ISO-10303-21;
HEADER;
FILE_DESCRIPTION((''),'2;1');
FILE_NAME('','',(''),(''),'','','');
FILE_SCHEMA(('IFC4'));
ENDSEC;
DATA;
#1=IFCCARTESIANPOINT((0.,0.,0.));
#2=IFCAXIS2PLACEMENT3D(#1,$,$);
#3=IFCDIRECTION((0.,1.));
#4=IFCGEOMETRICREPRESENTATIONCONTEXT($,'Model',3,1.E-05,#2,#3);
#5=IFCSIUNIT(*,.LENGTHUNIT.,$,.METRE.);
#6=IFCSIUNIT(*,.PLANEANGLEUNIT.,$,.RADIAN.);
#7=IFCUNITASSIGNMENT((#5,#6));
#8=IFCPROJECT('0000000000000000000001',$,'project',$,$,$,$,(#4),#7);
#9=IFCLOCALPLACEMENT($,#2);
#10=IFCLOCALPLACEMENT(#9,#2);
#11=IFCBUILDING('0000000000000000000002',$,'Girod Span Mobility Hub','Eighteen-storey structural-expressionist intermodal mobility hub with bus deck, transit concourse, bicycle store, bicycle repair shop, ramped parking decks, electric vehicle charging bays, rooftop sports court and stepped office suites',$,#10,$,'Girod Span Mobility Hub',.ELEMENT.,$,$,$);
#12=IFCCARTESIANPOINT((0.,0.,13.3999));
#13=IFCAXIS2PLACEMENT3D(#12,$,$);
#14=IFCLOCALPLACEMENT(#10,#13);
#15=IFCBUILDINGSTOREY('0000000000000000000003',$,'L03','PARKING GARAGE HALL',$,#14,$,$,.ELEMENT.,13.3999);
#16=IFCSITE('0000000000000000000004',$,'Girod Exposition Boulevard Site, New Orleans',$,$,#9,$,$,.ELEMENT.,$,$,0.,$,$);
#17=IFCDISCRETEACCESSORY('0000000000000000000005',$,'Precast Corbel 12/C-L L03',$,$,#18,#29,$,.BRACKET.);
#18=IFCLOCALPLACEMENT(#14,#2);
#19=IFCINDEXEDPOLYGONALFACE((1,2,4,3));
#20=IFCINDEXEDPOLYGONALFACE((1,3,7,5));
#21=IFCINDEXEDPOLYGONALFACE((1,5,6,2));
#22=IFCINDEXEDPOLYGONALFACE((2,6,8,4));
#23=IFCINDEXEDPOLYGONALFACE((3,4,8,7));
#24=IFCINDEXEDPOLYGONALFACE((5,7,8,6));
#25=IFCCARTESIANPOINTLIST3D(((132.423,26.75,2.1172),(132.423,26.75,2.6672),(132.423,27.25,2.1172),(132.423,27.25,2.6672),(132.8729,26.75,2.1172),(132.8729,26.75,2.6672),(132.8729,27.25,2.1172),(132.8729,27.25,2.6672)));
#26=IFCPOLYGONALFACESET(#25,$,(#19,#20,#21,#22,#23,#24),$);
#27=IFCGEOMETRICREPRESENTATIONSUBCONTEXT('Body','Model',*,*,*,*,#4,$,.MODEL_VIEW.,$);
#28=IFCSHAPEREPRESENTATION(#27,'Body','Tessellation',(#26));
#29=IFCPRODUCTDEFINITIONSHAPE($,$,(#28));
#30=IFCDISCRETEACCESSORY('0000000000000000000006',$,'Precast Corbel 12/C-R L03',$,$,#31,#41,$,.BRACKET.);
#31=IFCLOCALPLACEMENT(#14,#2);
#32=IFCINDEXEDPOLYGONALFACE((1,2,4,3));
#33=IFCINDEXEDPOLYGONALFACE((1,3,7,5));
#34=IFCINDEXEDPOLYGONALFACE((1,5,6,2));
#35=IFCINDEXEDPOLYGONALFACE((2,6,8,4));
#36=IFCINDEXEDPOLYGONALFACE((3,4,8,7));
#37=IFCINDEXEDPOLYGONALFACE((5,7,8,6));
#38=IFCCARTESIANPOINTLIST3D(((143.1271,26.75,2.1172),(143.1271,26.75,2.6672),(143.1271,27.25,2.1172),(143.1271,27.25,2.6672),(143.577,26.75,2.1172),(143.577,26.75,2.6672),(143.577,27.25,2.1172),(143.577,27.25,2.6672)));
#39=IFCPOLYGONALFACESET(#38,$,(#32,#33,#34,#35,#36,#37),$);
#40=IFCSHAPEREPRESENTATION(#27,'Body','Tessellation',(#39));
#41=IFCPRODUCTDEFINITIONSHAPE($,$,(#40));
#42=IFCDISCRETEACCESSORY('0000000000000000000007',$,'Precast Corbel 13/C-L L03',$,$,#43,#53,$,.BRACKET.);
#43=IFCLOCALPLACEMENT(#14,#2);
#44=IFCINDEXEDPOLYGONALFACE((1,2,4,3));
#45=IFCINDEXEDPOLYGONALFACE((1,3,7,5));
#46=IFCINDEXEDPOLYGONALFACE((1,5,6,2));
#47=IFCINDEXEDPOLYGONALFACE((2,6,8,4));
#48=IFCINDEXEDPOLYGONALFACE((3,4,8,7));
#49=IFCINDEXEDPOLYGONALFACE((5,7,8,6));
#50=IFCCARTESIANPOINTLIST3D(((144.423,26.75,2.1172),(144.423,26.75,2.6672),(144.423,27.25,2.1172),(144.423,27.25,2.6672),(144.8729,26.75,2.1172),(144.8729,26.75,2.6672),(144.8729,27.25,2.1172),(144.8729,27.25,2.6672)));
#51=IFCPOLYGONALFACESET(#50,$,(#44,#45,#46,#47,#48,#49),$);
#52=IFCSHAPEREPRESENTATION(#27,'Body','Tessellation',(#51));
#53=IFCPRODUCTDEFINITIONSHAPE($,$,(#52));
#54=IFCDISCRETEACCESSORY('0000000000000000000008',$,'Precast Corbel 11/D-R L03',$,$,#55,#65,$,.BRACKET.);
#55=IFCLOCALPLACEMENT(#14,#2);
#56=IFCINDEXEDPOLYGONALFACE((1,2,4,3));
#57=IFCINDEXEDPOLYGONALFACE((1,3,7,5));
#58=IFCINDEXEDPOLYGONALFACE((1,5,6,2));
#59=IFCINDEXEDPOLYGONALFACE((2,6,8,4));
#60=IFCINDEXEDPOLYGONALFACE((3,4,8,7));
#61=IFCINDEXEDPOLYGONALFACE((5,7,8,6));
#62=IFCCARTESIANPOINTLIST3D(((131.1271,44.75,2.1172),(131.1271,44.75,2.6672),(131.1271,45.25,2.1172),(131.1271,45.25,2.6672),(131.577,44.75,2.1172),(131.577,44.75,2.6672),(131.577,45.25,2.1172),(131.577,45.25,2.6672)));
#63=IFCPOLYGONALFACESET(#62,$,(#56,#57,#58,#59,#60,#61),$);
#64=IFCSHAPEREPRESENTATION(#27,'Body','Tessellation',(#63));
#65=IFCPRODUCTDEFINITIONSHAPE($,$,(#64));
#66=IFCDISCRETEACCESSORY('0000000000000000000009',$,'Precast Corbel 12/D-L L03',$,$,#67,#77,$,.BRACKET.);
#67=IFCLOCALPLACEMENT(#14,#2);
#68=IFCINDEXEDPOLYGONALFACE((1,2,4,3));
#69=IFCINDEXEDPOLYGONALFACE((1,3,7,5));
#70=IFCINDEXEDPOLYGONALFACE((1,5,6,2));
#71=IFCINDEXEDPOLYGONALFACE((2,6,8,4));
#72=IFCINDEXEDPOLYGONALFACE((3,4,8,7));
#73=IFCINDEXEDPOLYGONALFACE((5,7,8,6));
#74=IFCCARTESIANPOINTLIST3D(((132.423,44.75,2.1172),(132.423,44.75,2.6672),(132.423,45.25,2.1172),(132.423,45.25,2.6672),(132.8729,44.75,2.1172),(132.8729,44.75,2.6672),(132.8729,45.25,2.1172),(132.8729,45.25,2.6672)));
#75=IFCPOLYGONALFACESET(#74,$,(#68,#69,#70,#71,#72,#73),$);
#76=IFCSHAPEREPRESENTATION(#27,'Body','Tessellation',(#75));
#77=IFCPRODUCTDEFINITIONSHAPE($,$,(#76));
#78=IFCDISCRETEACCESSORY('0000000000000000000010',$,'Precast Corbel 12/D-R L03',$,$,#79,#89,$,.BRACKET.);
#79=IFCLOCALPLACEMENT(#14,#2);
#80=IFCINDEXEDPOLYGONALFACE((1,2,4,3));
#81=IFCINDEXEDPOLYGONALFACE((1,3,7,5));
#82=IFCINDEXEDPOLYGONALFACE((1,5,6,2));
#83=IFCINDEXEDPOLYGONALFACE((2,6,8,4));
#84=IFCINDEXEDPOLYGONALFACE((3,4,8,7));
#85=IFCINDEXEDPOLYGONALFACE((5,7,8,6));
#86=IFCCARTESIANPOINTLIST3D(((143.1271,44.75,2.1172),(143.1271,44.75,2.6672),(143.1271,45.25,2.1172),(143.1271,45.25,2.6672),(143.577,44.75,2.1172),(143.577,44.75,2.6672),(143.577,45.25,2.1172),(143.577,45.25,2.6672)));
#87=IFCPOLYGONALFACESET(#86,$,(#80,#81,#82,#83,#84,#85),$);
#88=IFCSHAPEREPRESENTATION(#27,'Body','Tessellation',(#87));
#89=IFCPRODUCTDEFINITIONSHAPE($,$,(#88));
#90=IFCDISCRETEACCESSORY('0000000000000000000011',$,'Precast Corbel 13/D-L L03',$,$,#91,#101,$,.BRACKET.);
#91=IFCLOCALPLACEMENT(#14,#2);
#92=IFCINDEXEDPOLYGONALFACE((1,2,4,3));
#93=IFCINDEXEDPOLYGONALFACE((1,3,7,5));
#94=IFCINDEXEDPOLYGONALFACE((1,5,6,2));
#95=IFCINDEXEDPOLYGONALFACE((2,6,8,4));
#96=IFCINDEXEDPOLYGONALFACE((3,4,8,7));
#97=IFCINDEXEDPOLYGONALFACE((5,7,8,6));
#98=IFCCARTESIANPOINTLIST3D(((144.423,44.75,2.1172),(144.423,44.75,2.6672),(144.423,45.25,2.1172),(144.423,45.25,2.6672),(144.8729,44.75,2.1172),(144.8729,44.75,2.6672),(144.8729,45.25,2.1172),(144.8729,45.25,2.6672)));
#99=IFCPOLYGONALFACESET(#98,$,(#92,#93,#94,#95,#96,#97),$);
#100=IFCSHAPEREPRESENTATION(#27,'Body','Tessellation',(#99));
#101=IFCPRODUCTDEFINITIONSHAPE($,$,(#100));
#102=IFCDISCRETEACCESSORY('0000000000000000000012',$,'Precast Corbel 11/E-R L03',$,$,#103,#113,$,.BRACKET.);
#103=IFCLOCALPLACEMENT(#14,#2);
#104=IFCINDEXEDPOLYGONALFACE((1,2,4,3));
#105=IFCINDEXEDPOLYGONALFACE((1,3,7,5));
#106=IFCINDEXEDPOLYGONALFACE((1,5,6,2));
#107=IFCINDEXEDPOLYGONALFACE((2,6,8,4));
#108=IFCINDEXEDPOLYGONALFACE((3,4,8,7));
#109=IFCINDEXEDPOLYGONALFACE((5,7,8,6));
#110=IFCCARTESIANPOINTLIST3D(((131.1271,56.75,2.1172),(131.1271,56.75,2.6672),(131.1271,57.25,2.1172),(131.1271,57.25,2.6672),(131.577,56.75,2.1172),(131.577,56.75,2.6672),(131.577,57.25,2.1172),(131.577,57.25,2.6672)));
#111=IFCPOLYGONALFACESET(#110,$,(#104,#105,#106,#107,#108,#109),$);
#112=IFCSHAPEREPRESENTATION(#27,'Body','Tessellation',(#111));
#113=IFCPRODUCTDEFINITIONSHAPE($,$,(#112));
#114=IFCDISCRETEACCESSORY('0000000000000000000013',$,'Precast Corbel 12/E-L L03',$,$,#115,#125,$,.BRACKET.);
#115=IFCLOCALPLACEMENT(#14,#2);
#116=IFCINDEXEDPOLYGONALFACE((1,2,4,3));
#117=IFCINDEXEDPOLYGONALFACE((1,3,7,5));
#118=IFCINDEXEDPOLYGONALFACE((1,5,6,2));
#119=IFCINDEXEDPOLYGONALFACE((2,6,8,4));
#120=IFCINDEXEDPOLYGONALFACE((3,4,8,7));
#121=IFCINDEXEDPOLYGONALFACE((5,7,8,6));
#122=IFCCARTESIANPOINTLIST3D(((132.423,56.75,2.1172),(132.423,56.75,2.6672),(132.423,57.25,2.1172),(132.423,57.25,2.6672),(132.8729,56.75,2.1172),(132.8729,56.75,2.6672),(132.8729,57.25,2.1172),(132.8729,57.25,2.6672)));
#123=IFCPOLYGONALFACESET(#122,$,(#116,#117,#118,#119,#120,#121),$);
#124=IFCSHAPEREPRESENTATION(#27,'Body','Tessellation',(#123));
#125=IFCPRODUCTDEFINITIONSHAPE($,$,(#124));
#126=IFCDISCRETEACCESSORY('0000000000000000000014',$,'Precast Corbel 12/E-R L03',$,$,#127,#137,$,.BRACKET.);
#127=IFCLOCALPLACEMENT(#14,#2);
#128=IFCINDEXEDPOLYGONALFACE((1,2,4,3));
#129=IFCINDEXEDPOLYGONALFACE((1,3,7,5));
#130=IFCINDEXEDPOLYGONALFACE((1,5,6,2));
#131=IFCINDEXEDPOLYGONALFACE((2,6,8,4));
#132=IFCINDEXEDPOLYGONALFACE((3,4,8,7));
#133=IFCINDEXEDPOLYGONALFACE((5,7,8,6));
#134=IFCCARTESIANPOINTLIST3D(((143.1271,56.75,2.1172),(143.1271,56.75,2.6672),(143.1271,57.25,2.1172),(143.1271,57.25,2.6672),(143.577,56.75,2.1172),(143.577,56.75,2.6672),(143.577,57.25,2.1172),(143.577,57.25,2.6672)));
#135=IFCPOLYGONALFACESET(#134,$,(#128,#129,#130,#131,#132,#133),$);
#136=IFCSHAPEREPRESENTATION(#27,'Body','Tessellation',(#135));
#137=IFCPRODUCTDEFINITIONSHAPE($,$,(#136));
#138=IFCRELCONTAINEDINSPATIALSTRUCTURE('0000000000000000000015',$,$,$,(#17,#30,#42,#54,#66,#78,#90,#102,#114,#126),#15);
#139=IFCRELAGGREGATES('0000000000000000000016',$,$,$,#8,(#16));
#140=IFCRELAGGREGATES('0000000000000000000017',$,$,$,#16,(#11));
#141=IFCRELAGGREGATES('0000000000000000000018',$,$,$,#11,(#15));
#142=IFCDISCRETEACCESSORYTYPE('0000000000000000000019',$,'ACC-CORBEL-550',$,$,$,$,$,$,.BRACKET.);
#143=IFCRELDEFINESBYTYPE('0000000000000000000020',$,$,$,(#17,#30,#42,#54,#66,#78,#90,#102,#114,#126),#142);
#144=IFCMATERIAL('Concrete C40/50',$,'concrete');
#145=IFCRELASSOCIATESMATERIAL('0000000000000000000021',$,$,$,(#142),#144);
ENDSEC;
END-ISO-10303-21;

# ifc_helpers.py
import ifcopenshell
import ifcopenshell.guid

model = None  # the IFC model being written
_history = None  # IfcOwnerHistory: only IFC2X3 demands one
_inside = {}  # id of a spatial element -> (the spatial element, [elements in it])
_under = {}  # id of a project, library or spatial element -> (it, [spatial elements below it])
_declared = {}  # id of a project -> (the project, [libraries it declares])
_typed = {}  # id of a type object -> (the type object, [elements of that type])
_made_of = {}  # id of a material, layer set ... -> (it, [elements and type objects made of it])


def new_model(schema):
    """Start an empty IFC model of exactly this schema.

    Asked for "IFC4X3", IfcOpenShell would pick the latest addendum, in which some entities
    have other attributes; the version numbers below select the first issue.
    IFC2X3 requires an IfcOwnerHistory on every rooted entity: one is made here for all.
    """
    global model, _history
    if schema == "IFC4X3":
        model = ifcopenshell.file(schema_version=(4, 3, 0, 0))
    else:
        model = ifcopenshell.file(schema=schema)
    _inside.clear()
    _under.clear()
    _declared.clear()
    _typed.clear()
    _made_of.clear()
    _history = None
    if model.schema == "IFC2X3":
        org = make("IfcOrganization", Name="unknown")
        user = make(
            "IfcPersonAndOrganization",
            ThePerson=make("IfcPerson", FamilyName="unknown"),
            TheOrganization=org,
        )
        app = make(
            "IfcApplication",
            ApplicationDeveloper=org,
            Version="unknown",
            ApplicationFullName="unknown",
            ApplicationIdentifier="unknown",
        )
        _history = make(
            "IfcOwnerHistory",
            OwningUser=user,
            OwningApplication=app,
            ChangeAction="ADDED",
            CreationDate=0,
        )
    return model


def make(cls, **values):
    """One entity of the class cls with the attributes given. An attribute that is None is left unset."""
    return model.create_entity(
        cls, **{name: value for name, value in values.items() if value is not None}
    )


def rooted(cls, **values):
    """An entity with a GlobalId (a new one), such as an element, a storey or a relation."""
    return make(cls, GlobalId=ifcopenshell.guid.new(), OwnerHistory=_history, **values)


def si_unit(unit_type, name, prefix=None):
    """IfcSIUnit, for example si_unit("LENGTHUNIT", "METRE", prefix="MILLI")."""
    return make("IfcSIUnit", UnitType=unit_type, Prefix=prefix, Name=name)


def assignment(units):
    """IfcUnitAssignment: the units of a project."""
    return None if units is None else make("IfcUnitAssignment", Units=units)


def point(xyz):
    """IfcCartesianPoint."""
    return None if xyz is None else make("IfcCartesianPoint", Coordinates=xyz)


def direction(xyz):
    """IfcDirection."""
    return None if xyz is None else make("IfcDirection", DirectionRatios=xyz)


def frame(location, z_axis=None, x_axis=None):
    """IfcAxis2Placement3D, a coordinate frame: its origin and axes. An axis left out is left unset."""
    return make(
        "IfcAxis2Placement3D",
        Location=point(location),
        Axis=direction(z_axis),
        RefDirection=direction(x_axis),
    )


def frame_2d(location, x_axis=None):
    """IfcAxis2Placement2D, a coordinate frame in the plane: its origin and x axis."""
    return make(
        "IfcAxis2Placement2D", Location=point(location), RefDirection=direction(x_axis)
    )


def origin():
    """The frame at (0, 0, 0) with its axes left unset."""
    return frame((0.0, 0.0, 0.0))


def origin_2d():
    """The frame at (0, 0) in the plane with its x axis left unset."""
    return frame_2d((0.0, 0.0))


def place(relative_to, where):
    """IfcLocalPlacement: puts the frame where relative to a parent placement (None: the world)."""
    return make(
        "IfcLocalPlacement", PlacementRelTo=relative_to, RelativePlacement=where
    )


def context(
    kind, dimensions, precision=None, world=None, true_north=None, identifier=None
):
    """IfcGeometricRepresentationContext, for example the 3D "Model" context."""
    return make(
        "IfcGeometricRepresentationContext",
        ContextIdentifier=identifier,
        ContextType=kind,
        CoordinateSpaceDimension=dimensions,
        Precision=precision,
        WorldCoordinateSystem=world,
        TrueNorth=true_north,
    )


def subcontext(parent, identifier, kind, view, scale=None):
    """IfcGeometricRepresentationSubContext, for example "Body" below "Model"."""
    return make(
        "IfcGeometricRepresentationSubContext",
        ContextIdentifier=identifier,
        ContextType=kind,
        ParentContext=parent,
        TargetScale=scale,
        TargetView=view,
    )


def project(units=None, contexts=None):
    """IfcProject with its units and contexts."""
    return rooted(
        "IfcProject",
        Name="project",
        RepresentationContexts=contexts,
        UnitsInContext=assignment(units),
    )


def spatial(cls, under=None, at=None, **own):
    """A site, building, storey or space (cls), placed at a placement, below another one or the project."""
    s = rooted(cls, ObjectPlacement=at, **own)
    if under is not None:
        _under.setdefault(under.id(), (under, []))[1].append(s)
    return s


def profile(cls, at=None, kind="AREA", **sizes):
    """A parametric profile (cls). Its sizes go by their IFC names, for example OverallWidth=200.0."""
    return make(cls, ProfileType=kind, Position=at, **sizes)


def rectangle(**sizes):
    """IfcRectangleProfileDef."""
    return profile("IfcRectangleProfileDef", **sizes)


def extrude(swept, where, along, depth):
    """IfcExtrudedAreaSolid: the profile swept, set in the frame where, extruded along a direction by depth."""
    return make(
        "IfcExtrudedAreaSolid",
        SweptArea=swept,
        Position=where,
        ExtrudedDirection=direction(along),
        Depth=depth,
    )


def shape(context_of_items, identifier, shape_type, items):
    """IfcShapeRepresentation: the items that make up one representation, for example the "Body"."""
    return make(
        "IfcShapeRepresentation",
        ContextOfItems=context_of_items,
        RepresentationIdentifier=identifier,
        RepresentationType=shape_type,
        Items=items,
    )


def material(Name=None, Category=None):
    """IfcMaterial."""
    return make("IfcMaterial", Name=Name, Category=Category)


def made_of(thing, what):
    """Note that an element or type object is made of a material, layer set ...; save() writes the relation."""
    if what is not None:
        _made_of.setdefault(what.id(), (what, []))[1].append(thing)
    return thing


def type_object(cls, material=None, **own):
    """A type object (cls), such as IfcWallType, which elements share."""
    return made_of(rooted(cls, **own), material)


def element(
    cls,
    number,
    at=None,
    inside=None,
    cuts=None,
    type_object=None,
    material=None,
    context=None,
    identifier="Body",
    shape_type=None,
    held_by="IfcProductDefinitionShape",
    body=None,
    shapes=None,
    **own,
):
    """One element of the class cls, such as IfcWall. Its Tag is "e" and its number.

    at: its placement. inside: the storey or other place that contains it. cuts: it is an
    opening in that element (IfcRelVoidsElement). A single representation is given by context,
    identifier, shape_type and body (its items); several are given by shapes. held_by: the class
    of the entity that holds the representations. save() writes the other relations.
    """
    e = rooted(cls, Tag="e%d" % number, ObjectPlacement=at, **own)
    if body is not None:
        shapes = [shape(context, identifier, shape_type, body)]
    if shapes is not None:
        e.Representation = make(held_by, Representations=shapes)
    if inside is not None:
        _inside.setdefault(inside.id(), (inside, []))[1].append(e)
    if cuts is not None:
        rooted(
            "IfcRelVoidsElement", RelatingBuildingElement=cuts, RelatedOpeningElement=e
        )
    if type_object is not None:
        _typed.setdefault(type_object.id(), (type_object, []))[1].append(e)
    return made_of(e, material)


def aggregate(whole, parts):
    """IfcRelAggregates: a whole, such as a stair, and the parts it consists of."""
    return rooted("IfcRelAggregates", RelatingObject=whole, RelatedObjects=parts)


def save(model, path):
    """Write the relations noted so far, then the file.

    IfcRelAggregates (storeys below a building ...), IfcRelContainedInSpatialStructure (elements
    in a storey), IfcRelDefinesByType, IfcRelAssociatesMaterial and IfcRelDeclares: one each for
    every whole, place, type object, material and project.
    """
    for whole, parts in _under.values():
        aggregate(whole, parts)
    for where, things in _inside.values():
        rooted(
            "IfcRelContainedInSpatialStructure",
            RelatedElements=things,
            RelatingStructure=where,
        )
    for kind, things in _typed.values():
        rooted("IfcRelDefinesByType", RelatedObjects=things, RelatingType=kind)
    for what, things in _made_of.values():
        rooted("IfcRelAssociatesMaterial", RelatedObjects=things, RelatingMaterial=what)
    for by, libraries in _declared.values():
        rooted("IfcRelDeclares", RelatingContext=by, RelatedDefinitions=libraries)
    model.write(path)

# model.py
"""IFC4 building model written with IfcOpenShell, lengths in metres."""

from ifc_helpers import new_model, si_unit, direction, frame, origin, origin_2d, place, context, subcontext, project, spatial, rectangle, extrude, material, type_object, element, save


model = new_model("IFC4")

# Units and contexts
model_context = context("Model", 3, precision=1e-05, world=origin(), true_north=direction((0.0, 1.0)))
body_context = subcontext(model_context, "Body", "Model", "MODEL_VIEW")
ifc_project = project(units=[si_unit("LENGTHUNIT", "METRE"), si_unit("PLANEANGLEUNIT", "RADIAN")], contexts=[model_context])

# Site, building, storey
site_placement = place(None, origin())
site = spatial("IfcSite", under=ifc_project, at=site_placement, Name="Girod Exposition Boulevard Site, New Orleans", CompositionType="ELEMENT", RefElevation=0.0)
building_placement = place(site_placement, origin())
building = spatial("IfcBuilding", under=site, at=building_placement, Name="Girod Span Mobility Hub", Description="Eighteen-storey structural-expressionist intermodal mobility hub with bus deck, transit concourse, bicycle store, bicycle repair shop, ramped parking decks, electric vehicle charging bays, rooftop sports court and stepped office suites", LongName="Girod Span Mobility Hub", CompositionType="ELEMENT")
storey_placement = place(building_placement, frame((0.0, 0.0, 13.3999)))
storey = spatial("IfcBuildingStorey", under=building, at=storey_placement, Name="L03", Description="PARKING GARAGE HALL", CompositionType="ELEMENT", Elevation=13.3999)

# Discrete accessories
ifc_material_1 = material(Name="Concrete C40/50", Category="concrete")
discrete_accessory_type = type_object("IfcDiscreteAccessoryType", Name="ACC-CORBEL-550", PredefinedType="BRACKET", material=ifc_material_1)
for number, where, z_axis, x_axis, name in (
    (1, (132.6479, 27.0, 2.1172), (0.0, 0.0, 1.0), (1.0, 0.0, 0.0), "Precast Corbel 12/C-L L03"),
    (2, (143.3521, 27.0, 2.1172), (0.0, 0.0, 1.0), (1.0, 0.0, 0.0), "Precast Corbel 12/C-R L03"),
    (3, (144.6479, 27.0, 2.1172), (0.0, 0.0, 1.0), (1.0, 0.0, 0.0), "Precast Corbel 13/C-L L03"),
    (4, (131.3521, 45.0, 2.1172), (0.0, 0.0, 1.0), (1.0, 0.0, 0.0), "Precast Corbel 11/D-R L03"),
    (5, (132.6479, 45.0, 2.1172), (0.0, 0.0, 1.0), (1.0, 0.0, 0.0), "Precast Corbel 12/D-L L03"),
    (6, (143.3521, 45.0, 2.1172), (0.0, 0.0, 1.0), (1.0, 0.0, 0.0), "Precast Corbel 12/D-R L03"),
    (7, (144.6479, 45.0, 2.1172), (0.0, 0.0, 1.0), (1.0, 0.0, 0.0), "Precast Corbel 13/D-L L03"),
    (8, (131.3521, 57.0, 2.1172), (0.0, 0.0, 1.0), (1.0, 0.0, 0.0), "Precast Corbel 11/E-R L03"),
    (9, (132.6479, 57.0, 2.1172), (0.0, 0.0, 1.0), (1.0, 0.0, 0.0), "Precast Corbel 12/E-L L03"),
    (10, (143.3521, 57.0, 2.1172), (0.0, 0.0, 1.0), (1.0, 0.0, 0.0), "Precast Corbel 12/E-R L03"),
):
    element("IfcDiscreteAccessory", number, at=place(storey_placement, frame(where, z_axis=z_axis, x_axis=x_axis)), inside=storey, type_object=discrete_accessory_type, Name=name, PredefinedType="BRACKET", context=body_context, shape_type="SweptSolid", body=[
        extrude(rectangle(XDim=0.45, YDim=0.5, at=origin_2d()), origin(), (0.0, 0.0, 1.0), 0.55),
    ])

save(model, "model.ifc")
